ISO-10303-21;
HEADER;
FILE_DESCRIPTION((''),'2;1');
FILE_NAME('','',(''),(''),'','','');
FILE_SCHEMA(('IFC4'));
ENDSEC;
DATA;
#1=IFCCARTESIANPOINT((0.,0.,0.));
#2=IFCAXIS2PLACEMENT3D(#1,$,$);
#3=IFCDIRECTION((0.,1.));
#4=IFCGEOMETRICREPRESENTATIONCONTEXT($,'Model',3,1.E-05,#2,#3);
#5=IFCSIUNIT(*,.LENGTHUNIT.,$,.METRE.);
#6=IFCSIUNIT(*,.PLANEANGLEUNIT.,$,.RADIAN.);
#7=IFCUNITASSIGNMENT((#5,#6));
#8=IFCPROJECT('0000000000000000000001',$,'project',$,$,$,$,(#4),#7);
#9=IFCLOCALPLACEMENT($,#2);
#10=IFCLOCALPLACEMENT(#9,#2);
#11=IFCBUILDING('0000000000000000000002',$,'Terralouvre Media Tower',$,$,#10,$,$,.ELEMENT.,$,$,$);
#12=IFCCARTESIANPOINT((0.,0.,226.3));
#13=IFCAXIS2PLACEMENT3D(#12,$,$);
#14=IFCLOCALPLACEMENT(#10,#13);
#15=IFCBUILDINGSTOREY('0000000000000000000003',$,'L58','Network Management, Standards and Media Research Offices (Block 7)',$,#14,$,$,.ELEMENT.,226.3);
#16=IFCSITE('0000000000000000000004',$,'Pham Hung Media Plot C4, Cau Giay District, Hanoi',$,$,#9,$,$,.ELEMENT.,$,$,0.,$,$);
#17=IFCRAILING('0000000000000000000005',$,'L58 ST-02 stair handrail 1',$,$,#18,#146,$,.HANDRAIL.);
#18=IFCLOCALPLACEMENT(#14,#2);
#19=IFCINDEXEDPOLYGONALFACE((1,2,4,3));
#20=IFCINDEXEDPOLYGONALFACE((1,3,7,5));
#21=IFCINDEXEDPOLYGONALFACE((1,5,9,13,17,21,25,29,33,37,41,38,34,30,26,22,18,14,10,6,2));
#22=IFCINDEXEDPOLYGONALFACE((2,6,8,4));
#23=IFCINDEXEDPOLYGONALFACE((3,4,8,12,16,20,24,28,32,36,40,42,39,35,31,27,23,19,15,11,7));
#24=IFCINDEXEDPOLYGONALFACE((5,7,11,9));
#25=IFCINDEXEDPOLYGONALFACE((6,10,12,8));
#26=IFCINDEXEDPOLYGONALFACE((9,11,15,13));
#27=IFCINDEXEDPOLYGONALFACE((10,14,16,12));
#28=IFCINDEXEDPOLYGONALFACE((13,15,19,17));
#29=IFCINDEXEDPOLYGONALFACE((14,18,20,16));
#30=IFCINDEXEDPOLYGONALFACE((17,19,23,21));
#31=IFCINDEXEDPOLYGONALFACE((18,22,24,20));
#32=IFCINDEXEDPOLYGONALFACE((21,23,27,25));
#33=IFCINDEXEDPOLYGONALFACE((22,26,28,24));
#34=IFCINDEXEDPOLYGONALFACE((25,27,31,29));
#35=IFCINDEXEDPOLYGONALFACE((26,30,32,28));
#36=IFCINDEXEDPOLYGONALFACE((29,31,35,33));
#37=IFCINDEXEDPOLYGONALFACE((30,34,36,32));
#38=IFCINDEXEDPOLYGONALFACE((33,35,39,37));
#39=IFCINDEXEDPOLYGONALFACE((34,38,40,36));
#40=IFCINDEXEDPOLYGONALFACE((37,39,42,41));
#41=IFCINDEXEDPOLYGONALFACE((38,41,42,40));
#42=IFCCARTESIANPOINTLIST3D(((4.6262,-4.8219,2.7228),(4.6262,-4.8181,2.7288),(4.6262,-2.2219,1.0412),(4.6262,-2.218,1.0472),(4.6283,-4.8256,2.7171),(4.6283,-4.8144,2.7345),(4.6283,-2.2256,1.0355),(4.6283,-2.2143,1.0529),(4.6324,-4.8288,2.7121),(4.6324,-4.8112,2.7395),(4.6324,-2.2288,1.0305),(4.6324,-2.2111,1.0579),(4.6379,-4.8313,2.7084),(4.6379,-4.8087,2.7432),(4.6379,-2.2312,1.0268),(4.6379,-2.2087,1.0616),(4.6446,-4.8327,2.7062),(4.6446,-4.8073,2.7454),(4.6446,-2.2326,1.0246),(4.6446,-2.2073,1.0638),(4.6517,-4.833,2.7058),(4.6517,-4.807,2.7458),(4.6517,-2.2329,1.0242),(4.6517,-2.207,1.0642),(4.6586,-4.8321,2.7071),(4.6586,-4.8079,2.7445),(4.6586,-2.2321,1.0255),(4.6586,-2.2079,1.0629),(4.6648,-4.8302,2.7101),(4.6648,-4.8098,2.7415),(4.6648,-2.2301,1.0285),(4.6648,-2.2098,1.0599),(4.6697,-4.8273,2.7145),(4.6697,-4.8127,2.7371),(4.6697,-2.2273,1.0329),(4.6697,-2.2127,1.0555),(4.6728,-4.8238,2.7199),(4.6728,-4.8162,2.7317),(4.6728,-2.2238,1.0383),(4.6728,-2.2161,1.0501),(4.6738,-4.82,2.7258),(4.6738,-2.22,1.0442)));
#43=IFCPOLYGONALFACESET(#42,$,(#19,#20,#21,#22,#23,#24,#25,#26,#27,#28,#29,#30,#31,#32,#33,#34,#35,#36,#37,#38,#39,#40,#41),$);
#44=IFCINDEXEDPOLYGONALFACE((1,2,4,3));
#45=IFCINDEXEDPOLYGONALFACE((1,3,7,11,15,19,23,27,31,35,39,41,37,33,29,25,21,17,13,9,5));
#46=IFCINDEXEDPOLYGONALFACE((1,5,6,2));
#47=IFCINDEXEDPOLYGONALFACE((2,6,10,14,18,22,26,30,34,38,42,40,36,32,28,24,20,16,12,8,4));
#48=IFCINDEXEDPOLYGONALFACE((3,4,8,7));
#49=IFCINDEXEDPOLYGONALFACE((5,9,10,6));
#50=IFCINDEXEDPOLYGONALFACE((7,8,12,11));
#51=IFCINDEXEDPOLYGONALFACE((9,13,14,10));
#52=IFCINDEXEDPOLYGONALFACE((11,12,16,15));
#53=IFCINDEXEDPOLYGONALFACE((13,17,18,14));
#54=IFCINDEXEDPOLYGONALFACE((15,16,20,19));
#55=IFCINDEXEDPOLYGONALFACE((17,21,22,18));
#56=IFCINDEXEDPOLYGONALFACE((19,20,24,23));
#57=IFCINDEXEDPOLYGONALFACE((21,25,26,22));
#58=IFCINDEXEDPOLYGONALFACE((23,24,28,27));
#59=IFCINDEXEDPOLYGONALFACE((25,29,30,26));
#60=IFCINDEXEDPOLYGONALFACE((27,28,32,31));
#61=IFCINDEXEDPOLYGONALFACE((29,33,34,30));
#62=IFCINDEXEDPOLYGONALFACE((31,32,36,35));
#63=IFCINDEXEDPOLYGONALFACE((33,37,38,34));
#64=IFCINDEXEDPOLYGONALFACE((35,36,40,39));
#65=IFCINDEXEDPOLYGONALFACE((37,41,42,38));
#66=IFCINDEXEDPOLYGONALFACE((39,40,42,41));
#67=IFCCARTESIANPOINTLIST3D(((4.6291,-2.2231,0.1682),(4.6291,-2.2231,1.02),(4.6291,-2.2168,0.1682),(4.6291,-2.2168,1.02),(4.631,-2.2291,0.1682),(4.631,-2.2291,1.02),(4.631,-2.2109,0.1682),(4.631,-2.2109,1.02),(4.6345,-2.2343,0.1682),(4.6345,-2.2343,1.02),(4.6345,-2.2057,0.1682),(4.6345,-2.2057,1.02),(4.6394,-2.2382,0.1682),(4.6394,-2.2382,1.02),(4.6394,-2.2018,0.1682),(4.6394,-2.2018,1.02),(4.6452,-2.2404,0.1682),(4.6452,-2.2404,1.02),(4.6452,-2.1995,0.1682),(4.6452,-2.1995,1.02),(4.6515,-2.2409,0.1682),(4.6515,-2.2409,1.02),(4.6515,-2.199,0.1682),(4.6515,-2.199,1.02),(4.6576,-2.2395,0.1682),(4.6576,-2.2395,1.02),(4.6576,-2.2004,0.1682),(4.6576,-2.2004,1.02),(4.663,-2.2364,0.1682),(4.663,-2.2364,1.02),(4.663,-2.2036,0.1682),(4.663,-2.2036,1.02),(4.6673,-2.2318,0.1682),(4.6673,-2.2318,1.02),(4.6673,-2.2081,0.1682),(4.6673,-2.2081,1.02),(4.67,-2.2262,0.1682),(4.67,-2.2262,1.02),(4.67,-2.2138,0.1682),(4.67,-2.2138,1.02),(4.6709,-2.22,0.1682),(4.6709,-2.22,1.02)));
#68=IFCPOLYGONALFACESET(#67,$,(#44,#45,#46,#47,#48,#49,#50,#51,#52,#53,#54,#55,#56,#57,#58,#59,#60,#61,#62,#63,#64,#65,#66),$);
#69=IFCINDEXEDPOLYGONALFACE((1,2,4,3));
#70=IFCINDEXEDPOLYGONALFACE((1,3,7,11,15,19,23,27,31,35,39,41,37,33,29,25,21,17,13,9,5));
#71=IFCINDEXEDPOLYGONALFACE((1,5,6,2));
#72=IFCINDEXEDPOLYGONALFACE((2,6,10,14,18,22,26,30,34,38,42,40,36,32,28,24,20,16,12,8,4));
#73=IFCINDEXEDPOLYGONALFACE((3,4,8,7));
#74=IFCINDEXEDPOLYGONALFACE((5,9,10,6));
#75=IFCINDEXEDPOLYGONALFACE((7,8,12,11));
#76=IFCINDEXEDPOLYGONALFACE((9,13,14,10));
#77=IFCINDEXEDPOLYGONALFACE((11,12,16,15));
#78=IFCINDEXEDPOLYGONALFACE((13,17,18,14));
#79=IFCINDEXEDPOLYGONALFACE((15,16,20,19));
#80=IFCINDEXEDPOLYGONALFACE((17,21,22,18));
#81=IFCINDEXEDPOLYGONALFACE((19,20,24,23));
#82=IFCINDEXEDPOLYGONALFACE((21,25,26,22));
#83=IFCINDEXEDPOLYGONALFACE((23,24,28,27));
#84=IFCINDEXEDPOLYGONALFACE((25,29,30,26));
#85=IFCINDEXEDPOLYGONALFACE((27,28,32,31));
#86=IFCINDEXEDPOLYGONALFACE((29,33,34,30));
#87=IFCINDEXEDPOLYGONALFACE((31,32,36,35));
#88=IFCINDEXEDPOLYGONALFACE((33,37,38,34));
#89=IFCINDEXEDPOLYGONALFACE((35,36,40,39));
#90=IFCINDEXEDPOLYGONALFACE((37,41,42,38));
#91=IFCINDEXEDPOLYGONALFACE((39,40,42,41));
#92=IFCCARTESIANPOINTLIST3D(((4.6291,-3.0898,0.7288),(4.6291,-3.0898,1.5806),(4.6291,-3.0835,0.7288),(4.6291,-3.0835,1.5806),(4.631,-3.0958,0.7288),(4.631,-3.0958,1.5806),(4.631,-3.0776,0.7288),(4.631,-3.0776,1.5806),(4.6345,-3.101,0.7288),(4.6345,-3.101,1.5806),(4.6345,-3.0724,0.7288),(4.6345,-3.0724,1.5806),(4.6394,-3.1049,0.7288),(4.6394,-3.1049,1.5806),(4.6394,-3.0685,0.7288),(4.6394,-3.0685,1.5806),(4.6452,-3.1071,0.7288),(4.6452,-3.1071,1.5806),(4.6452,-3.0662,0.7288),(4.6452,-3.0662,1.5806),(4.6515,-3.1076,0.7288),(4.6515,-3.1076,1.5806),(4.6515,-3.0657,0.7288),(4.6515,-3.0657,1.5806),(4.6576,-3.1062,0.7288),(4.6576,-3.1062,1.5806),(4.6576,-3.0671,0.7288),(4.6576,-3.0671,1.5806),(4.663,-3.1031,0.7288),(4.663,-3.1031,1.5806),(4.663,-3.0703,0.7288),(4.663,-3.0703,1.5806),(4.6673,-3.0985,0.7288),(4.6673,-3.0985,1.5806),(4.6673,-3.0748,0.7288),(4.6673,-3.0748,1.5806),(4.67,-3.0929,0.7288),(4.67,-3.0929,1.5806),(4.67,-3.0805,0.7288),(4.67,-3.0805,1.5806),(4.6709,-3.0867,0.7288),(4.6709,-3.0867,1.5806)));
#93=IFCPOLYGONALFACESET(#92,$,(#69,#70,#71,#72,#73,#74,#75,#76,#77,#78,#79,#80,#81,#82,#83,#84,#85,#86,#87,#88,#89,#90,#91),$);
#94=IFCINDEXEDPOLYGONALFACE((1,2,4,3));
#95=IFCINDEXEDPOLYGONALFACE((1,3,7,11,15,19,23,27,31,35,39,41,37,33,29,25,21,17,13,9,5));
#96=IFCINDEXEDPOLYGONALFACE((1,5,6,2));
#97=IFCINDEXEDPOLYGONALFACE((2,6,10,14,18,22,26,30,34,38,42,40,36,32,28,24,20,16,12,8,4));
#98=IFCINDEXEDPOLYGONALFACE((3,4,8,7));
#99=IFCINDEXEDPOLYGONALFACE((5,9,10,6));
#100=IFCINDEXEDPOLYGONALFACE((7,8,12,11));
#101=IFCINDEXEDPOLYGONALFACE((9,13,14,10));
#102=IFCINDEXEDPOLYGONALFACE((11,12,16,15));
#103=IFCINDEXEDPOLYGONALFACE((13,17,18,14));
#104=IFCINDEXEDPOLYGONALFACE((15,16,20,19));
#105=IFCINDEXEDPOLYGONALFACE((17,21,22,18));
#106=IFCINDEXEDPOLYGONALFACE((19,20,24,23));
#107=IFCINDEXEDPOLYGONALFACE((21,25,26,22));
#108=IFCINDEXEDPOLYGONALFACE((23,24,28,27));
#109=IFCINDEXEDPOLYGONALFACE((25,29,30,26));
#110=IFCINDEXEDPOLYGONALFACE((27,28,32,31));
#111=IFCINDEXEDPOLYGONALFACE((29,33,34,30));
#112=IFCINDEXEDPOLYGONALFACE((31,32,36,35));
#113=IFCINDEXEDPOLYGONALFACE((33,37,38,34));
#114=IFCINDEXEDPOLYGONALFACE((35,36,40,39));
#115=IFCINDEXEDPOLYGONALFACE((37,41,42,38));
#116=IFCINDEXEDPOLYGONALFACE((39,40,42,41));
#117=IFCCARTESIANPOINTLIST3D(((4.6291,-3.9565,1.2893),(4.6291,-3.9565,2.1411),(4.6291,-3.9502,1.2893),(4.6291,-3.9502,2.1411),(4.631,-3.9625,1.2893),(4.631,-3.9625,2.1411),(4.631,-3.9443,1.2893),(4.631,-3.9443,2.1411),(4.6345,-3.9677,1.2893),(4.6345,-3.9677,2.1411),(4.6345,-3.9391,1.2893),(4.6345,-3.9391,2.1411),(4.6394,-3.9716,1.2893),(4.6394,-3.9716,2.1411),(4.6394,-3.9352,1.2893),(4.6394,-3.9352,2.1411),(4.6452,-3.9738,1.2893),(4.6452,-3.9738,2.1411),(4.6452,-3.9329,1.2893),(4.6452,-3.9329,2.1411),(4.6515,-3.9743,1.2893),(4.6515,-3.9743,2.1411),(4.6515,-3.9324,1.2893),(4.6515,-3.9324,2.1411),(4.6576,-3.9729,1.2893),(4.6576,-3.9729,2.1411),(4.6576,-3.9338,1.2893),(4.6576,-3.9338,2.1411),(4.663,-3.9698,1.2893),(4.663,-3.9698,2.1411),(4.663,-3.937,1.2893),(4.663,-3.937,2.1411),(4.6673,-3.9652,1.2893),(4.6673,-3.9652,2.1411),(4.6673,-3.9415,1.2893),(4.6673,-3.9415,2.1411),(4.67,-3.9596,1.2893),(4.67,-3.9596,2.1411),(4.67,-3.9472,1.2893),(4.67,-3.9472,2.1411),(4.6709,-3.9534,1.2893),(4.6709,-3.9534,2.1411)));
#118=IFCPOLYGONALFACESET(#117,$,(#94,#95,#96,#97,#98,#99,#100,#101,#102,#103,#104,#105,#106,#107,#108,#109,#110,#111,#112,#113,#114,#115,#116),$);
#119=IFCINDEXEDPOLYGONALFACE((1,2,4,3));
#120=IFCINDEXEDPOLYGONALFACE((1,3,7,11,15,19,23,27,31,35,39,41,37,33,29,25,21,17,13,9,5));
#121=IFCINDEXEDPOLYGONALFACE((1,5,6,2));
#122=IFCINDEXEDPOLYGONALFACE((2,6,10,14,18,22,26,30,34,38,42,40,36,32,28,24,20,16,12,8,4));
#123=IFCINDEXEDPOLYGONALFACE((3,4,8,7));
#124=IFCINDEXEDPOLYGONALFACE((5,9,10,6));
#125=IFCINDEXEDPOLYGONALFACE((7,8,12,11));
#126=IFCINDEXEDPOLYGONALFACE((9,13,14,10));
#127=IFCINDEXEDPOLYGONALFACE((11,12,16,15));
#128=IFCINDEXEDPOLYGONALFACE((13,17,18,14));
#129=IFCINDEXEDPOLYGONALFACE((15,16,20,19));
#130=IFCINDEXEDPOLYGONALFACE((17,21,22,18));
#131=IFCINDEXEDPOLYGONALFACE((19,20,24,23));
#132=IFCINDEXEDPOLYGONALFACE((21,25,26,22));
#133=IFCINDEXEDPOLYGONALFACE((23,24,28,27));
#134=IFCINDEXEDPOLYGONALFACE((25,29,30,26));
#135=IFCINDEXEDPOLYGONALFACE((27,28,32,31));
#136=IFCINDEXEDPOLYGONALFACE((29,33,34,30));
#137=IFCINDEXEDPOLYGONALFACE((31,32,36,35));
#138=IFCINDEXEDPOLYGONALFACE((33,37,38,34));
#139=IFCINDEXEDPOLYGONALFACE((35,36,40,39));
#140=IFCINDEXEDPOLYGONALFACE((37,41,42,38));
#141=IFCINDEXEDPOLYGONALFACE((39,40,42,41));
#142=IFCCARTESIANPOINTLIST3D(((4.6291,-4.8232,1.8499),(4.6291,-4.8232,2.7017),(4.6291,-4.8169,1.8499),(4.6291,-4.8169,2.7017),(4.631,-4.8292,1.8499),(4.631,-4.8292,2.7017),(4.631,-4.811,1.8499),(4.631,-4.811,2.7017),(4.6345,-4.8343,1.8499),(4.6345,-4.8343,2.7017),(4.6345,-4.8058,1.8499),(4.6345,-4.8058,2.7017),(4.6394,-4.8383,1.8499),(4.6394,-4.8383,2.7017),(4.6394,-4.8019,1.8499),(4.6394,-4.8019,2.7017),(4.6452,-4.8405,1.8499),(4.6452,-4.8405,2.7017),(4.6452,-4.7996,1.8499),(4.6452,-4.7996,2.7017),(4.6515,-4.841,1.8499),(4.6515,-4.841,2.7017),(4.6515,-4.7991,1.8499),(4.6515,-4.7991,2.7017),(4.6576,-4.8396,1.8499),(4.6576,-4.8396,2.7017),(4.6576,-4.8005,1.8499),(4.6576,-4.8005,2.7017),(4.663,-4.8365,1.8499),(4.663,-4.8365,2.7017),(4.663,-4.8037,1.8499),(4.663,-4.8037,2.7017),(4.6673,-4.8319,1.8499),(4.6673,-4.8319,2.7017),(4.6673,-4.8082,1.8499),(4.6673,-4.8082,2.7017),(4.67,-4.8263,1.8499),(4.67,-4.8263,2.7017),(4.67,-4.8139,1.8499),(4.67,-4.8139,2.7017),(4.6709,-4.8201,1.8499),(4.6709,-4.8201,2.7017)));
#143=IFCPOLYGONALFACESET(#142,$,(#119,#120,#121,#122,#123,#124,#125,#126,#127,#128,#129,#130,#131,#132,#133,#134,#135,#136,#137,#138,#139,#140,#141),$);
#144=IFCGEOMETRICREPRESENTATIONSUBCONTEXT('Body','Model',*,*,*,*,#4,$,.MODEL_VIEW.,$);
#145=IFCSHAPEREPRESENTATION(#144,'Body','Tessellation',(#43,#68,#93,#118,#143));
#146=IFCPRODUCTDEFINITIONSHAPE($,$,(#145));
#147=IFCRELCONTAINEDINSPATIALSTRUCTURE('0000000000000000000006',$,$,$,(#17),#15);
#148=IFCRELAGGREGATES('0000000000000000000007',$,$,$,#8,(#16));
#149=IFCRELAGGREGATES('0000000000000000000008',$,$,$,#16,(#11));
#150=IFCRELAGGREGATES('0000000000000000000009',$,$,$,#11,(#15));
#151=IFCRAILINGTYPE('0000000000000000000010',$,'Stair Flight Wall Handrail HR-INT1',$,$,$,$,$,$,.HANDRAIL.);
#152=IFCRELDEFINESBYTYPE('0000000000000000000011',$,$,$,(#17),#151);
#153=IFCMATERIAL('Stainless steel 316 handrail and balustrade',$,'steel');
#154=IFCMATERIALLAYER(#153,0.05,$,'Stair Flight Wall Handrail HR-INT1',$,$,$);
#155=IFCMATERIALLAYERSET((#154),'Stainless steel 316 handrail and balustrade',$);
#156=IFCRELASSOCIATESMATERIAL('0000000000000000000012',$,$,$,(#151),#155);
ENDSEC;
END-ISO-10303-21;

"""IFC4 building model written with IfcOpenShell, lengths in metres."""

from ifc_helpers import new_model, si_unit, direction, frame, origin, origin_2d, place, context, subcontext, project, spatial, circle, extrude, material, layer, layer_set, type_object, element, save


model = new_model("IFC4")

# Units and contexts
model_context = context("Model", 3, precision=1e-05, world=origin(), true_north=direction((0.0, 1.0)))
body_context = subcontext(model_context, "Body", "Model", "MODEL_VIEW")
ifc_project = project(units=[si_unit("LENGTHUNIT", "METRE"), si_unit("PLANEANGLEUNIT", "RADIAN")], contexts=[model_context])

# Site, building, storey
site_placement = place(None, origin())
site = spatial("IfcSite", under=ifc_project, at=site_placement, Name="Pham Hung Media Plot C4, Cau Giay District, Hanoi", CompositionType="ELEMENT", RefElevation=0.0)
building_placement = place(site_placement, origin())
building = spatial("IfcBuilding", under=site, at=building_placement, Name="Terralouvre Media Tower", CompositionType="ELEMENT")
storey_placement = place(building_placement, frame((0.0, 0.0, 226.3)))
storey = spatial("IfcBuildingStorey", under=building, at=storey_placement, Name="L58", Description="Network Management, Standards and Media Research Offices (Block 7)", CompositionType="ELEMENT", Elevation=226.3)

# Railing
ifc_material_1 = material(Name="Stainless steel 316 handrail and balustrade", Category="steel")
ifc_layer_1 = layer(ifc_material_1, 0.05, Name="Stair Flight Wall Handrail HR-INT1")
ifc_layer_set_1 = layer_set([ifc_layer_1], Name="Stainless steel 316 handrail and balustrade")
railing_type_1 = type_object("IfcRailingType", Name="Stair Flight Wall Handrail HR-INT1", PredefinedType="HANDRAIL", material=ifc_layer_set_1)
railing_1_placement = place(storey_placement, frame((4.6499, -2.22, 0.1682)))
element("IfcRailing", 1, at=railing_1_placement, inside=storey, type_object=railing_type_1, Name="L58 ST-02 stair handrail 1", PredefinedType="HANDRAIL", context=body_context, shape_type="SweptSolid", body=[
    extrude(circle(Radius=0.0239, at=origin_2d()), frame((0.0, 0.0, 0.876), z_axis=(0.0, -0.839684, 0.543075), x_axis=(1.0, 0.0, 0.0)), (0.0, 0.0, 1.0), 3.0964),
    extrude(circle(Radius=0.021, at=origin_2d()), origin(), (0.0, 0.0, 1.0), 0.8518),
    extrude(circle(Radius=0.021, at=origin_2d()), frame((0.0, -0.8667, 0.5605)), (0.0, 0.0, 1.0), 0.8518),
    extrude(circle(Radius=0.021, at=origin_2d()), frame((0.0, -1.7334, 1.1211)), (0.0, 0.0, 1.0), 0.8518),
    extrude(circle(Radius=0.021, at=origin_2d()), frame((0.0, -2.6001, 1.6816)), (0.0, 0.0, 1.0), 0.8518),
])

save(model, "model.ifc")
